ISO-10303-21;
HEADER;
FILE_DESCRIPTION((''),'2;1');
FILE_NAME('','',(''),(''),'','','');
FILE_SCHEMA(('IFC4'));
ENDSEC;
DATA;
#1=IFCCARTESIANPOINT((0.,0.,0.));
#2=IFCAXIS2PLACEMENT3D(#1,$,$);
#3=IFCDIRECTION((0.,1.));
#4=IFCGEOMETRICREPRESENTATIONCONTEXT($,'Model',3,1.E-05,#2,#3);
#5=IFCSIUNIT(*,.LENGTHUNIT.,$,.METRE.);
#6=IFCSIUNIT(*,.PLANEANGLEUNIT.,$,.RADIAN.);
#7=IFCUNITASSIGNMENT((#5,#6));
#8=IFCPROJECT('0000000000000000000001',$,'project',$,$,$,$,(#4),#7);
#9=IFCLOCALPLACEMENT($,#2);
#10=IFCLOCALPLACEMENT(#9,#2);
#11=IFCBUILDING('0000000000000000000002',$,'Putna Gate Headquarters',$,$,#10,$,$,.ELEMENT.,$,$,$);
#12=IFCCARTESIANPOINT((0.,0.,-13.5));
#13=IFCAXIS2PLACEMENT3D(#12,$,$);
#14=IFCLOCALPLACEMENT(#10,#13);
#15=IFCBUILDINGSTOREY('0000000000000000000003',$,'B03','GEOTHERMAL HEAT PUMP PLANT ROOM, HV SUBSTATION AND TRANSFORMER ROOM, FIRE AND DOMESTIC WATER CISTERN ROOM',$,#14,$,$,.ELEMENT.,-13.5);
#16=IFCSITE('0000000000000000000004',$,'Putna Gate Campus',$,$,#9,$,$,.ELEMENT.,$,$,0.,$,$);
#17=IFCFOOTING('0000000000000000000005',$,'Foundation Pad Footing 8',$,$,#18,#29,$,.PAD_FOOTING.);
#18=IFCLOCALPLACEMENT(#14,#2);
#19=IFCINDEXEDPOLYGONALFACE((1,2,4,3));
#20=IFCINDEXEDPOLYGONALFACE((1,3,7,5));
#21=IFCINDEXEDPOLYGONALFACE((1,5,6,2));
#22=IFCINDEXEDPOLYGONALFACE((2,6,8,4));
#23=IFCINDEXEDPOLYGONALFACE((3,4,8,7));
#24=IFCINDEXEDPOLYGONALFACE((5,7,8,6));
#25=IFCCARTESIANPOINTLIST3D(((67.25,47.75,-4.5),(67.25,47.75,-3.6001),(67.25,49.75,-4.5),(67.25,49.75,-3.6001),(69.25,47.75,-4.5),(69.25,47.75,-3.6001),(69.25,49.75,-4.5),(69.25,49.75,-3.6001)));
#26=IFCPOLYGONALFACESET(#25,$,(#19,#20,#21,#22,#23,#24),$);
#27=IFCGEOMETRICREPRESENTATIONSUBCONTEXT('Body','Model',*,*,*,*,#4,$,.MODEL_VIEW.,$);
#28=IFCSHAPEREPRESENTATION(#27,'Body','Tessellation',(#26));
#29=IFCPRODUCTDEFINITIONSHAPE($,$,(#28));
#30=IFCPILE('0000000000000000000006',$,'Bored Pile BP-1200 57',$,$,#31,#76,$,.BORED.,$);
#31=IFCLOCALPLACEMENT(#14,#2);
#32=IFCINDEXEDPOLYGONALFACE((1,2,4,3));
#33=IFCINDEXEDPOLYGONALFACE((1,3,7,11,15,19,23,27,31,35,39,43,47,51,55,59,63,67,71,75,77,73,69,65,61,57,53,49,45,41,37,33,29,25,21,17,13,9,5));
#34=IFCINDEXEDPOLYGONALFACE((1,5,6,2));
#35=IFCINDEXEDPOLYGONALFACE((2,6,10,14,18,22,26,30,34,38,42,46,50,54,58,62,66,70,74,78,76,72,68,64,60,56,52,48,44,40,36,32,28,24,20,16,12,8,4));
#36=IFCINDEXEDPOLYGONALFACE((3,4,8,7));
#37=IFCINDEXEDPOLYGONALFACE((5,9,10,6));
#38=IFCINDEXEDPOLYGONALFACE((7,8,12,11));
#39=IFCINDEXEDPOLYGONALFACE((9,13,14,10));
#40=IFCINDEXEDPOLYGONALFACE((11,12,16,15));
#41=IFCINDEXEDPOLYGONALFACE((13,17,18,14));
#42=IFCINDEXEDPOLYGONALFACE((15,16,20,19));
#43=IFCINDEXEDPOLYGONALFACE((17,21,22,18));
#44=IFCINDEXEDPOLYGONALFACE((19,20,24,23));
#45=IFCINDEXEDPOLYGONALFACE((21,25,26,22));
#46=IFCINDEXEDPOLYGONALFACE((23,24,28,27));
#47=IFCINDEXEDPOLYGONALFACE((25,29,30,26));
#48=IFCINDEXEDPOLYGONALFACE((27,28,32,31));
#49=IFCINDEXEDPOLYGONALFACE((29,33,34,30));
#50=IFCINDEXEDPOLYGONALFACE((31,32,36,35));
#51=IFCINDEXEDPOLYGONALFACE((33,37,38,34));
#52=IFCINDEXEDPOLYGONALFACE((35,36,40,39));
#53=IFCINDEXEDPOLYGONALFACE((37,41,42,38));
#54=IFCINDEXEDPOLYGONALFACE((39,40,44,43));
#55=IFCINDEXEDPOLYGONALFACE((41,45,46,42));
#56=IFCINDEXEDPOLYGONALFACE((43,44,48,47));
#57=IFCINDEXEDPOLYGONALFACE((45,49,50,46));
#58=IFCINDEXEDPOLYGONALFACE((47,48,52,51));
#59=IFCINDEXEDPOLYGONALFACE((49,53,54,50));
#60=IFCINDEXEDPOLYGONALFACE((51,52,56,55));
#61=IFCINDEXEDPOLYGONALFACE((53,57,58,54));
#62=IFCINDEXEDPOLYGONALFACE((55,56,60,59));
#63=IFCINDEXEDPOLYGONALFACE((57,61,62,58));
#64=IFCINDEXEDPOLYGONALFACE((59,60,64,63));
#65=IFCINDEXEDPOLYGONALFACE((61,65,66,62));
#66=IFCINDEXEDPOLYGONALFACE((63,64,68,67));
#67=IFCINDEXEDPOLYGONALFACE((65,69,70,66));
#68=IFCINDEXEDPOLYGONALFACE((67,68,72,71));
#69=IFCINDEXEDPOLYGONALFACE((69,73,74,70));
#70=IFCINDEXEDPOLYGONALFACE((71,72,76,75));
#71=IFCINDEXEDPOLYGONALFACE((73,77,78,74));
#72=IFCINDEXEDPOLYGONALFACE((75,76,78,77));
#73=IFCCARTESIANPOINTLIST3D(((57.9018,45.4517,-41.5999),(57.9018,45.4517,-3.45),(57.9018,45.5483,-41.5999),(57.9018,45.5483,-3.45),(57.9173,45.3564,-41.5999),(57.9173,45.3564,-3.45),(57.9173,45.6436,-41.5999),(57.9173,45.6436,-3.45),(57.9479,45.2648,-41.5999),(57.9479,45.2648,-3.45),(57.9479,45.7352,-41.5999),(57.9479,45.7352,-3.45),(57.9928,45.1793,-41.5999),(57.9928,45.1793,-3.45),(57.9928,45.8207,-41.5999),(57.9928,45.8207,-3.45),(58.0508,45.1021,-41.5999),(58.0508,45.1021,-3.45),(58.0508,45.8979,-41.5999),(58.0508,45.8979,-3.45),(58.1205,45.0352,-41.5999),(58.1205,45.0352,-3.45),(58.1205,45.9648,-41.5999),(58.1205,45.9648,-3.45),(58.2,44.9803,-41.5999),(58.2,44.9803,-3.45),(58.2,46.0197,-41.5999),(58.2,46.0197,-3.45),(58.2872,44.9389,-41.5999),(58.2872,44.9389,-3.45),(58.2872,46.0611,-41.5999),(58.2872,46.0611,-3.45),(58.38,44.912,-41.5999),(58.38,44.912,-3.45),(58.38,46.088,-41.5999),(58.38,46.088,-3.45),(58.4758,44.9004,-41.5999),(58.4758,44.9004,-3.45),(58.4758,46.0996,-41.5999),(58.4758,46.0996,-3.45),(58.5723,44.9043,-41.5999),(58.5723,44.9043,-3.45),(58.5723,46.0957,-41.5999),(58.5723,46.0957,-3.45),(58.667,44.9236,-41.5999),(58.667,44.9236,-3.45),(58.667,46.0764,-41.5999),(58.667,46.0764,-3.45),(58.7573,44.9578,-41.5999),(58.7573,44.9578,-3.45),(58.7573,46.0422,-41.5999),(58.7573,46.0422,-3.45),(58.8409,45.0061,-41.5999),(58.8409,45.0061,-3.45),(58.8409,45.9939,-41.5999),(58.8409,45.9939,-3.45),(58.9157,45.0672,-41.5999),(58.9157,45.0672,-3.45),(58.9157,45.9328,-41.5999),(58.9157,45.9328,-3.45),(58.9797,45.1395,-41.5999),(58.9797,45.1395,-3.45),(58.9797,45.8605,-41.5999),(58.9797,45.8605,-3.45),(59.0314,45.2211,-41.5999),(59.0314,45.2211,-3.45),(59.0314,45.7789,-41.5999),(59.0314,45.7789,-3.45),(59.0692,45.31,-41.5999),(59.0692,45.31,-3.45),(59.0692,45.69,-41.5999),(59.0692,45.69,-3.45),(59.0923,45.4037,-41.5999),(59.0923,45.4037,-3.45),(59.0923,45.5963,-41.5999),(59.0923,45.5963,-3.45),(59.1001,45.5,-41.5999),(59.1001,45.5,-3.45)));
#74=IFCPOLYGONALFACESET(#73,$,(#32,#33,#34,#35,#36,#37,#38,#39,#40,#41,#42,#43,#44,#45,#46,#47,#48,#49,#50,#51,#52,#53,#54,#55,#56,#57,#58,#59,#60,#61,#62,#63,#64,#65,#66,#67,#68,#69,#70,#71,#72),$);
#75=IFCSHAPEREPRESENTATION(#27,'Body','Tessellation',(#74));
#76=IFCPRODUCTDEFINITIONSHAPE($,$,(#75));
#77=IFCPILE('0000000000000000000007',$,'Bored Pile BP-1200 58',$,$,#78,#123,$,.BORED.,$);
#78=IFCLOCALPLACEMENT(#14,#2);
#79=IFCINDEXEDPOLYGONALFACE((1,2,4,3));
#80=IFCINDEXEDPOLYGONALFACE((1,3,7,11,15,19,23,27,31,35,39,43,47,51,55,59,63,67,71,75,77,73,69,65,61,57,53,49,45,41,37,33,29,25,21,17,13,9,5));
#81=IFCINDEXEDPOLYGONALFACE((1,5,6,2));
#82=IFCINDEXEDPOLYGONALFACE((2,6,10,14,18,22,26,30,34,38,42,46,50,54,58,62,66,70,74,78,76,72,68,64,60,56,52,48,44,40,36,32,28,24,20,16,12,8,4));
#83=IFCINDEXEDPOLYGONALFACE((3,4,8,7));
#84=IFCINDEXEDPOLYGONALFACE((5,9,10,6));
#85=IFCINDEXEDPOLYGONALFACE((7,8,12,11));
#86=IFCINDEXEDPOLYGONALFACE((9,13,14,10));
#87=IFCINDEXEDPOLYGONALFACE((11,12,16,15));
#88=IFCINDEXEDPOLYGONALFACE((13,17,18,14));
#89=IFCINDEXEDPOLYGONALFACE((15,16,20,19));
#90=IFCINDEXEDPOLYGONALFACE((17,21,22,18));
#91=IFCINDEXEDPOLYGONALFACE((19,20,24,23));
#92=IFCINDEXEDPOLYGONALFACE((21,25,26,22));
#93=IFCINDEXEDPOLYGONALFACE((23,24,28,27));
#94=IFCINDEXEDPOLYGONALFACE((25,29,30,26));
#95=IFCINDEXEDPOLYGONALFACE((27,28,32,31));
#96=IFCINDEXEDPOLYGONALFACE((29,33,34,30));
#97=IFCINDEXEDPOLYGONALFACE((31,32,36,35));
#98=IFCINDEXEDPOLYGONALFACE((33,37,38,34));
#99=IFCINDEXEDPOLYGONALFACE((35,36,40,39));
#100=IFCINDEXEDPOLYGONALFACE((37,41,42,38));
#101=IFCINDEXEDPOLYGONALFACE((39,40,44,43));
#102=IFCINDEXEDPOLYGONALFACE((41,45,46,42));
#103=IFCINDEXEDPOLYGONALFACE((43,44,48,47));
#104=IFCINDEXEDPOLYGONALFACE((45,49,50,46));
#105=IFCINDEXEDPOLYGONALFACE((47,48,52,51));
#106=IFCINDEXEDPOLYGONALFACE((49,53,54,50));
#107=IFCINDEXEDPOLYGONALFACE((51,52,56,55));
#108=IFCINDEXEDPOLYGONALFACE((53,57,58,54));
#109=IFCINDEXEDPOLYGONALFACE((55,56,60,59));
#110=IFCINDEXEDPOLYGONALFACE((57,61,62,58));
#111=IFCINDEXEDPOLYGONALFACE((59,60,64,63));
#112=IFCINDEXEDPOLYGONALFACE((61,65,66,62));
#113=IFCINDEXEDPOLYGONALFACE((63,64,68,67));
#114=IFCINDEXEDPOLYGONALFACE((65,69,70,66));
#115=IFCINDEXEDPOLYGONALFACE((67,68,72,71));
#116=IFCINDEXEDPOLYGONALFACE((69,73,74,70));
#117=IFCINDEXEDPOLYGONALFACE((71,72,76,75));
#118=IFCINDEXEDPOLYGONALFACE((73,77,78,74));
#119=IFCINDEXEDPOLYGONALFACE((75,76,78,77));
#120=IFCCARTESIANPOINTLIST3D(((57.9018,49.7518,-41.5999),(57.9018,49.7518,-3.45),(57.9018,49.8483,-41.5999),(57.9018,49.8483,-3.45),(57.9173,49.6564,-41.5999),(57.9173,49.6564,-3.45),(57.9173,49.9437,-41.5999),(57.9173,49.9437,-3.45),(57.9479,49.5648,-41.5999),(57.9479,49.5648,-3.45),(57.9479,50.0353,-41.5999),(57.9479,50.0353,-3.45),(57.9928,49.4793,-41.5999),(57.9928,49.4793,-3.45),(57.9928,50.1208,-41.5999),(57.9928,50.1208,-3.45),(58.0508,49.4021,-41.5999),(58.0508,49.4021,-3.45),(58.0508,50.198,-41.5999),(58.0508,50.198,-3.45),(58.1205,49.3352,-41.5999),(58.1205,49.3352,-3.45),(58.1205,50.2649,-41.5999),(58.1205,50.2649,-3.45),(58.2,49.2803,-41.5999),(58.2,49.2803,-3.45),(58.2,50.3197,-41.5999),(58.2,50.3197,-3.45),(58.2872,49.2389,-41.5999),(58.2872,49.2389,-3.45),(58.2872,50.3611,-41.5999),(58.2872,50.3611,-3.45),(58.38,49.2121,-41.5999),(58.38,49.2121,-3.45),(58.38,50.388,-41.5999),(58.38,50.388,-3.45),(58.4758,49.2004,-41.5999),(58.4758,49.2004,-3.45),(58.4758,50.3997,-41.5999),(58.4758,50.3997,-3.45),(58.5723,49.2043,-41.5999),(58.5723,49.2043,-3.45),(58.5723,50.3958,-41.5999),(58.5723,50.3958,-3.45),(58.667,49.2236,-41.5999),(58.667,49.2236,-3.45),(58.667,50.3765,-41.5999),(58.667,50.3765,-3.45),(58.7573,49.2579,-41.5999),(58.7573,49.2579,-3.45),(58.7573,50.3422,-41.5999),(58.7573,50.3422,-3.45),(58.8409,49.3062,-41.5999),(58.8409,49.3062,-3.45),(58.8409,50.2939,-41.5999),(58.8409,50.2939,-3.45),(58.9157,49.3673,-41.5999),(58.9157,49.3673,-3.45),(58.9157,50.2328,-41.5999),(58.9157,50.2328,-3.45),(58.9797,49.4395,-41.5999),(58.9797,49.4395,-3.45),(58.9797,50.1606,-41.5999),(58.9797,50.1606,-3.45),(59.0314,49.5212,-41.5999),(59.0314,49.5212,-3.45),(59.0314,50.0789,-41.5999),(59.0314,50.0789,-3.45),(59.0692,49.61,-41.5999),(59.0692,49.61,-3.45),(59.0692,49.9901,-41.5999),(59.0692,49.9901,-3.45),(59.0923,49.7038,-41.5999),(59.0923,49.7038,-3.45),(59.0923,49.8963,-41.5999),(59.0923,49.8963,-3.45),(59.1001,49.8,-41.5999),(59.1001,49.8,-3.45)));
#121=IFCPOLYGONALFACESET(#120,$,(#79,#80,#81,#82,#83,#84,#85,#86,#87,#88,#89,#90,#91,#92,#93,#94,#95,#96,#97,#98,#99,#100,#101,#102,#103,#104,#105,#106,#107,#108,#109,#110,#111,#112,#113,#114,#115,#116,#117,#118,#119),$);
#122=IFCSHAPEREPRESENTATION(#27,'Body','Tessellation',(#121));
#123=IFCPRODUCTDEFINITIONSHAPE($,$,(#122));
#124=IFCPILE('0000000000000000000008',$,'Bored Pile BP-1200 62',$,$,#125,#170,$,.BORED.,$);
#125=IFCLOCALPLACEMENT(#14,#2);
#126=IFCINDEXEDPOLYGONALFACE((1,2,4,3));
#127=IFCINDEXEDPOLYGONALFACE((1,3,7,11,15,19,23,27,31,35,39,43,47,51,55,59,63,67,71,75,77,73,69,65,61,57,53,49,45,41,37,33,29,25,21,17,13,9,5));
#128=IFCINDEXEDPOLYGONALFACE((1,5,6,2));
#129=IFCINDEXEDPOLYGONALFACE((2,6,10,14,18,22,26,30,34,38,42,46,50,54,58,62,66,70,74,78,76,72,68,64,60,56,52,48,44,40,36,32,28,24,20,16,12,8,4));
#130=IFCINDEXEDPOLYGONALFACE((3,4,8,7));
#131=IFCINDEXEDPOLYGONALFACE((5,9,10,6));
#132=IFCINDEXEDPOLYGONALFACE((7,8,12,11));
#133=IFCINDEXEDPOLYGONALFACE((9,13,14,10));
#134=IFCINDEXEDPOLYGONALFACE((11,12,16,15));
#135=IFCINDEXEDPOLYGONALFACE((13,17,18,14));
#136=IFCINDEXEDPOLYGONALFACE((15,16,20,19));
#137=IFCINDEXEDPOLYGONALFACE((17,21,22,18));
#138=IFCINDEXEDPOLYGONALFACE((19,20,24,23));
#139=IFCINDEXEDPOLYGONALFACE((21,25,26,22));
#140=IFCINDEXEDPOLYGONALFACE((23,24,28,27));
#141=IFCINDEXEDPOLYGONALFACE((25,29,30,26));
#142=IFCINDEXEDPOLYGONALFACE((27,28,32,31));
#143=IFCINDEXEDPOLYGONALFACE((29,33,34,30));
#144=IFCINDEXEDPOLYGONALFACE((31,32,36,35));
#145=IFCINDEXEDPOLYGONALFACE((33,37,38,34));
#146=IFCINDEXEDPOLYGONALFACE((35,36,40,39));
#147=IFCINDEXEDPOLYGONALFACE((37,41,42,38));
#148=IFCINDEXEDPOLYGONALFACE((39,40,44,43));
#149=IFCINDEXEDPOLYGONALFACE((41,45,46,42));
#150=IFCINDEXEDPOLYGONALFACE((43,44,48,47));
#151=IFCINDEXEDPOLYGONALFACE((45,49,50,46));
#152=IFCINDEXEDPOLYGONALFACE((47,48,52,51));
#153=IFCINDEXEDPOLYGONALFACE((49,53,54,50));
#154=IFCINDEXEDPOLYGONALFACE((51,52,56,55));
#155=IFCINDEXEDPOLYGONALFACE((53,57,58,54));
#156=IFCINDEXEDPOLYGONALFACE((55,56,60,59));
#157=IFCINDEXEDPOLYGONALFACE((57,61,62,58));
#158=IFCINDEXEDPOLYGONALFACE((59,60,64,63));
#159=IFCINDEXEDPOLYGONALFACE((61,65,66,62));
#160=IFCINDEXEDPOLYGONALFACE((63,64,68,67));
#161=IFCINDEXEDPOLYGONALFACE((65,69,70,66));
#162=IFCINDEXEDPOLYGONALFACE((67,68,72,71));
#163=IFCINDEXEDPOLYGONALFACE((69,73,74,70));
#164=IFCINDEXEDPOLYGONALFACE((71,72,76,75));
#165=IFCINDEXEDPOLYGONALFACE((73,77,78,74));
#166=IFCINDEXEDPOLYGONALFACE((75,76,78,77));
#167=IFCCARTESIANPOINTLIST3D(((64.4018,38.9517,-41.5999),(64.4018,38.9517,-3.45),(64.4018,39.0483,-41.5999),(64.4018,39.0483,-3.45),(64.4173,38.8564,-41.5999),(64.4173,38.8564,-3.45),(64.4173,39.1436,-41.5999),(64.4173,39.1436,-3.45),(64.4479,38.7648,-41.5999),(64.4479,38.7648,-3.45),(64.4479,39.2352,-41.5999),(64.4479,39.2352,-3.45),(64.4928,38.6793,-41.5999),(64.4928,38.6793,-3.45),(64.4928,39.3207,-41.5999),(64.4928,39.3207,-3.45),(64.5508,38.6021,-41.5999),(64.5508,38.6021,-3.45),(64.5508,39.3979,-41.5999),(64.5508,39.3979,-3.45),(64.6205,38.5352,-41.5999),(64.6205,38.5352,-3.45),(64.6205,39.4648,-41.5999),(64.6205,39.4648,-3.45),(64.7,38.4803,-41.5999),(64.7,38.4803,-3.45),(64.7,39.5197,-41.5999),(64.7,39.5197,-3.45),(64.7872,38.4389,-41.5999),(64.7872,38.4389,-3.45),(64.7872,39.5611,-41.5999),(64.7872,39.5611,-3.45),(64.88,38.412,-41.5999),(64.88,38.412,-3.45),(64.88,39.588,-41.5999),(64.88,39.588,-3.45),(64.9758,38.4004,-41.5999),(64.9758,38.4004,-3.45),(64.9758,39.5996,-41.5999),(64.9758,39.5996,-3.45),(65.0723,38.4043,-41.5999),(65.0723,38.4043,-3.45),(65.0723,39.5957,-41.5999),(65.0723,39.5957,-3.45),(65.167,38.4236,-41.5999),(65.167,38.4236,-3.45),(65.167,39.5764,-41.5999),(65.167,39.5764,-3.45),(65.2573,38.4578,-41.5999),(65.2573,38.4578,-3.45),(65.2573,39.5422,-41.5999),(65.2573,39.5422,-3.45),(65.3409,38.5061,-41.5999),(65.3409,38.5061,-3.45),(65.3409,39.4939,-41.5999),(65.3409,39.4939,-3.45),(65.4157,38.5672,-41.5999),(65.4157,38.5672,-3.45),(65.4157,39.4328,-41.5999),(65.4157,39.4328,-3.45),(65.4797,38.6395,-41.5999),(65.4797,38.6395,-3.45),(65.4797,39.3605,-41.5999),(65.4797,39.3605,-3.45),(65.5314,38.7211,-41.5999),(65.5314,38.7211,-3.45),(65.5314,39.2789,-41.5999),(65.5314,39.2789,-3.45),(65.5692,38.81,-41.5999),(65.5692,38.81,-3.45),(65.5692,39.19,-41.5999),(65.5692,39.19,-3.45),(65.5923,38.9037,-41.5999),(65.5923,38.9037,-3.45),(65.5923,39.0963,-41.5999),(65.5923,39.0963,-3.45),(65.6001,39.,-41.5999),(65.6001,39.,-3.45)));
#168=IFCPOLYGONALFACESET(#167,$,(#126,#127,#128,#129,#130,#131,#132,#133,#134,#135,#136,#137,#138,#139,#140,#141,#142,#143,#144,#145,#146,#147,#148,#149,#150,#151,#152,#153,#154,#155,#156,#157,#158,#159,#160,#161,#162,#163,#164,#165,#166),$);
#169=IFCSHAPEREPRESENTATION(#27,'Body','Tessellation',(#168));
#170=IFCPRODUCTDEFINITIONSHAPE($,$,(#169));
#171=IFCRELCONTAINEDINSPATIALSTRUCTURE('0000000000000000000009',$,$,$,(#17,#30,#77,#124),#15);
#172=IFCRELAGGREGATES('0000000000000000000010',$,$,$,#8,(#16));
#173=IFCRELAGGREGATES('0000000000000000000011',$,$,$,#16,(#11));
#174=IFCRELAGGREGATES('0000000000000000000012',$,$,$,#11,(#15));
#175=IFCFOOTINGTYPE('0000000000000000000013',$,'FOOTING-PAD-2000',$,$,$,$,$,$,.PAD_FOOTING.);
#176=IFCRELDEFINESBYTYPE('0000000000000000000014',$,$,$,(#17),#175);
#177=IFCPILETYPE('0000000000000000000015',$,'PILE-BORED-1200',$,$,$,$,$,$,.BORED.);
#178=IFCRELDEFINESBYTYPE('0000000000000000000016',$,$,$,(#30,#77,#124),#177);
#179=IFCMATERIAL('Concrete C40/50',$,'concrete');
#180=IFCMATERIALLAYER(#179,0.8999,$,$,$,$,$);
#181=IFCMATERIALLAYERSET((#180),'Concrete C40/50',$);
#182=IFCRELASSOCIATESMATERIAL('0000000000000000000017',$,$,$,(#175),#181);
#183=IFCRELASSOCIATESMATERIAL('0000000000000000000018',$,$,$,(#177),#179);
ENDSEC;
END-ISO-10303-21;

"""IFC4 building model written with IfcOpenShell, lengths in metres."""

from ifc_helpers import new_model, si_unit, direction, frame, origin, origin_2d, place, context, subcontext, project, spatial, rectangle, circle, extrude, material, layer, layer_set, material_profile, profile_set, type_object, element, save


model = new_model("IFC4")

# Units and contexts
model_context = context("Model", 3, precision=1e-05, world=origin(), true_north=direction((0.0, 1.0)))
body_context = subcontext(model_context, "Body", "Model", "MODEL_VIEW")
ifc_project = project(units=[si_unit("LENGTHUNIT", "METRE"), si_unit("PLANEANGLEUNIT", "RADIAN")], contexts=[model_context])

# Site, building, storey
site_placement = place(None, origin())
site = spatial("IfcSite", under=ifc_project, at=site_placement, Name="Putna Gate Campus", CompositionType="ELEMENT", RefElevation=0.0)
building_placement = place(site_placement, origin())
building = spatial("IfcBuilding", under=site, at=building_placement, Name="Putna Gate Headquarters", CompositionType="ELEMENT")
storey_placement = place(building_placement, frame((0.0, 0.0, -13.5)))
storey = spatial("IfcBuildingStorey", under=building, at=storey_placement, Name="B03", Description="GEOTHERMAL HEAT PUMP PLANT ROOM, HV SUBSTATION AND TRANSFORMER ROOM, FIRE AND DOMESTIC WATER CISTERN ROOM", CompositionType="ELEMENT", Elevation=-13.5)

# Footing
ifc_material_1 = material(Name="Concrete C40/50", Category="concrete")
ifc_layer_1 = layer(ifc_material_1, 0.8999)
ifc_layer_set_1 = layer_set([ifc_layer_1], Name="Concrete C40/50")
footing_type = type_object("IfcFootingType", Name="FOOTING-PAD-2000", PredefinedType="PAD_FOOTING", material=ifc_layer_set_1)
footing_placement = place(storey_placement, frame((68.25, 48.75, -4.5), z_axis=(0.0, 0.0, 1.0), x_axis=(1.0, 0.0, 0.0)))
element("IfcFooting", 1, at=footing_placement, inside=storey, type_object=footing_type, Name="Foundation Pad Footing 8", PredefinedType="PAD_FOOTING", context=body_context, shape_type="SweptSolid", body=[
    extrude(rectangle(XDim=2.0, YDim=2.0, at=origin_2d()), origin(), (0.0, 0.0, 1.0), 0.8999),
])

# Piles
ifc_material_profile_1 = material_profile(ifc_material_1, circle(Radius=0.6001, at=origin_2d()), Name="Concrete C40/50")
ifc_profile_set_1 = profile_set([ifc_material_profile_1], Name="Concrete C40/50")
pile_type = type_object("IfcPileType", Name="PILE-BORED-1200", PredefinedType="BORED", material=ifc_profile_set_1)
for number, where, z_axis, x_axis, name in (
    (2, (58.5, 45.5, -3.45), (0.0, 0.0, -1.0), (1.0, 0.0, 0.0), "Bored Pile BP-1200 57"),
    (3, (58.5, 49.8, -3.45), (0.0, 0.0, -1.0), (1.0, 0.0, 0.0), "Bored Pile BP-1200 58"),
    (4, (65.0, 39.0, -3.45), (0.0, 0.0, -1.0), (1.0, 0.0, 0.0), "Bored Pile BP-1200 62"),
):
    element("IfcPile", number, at=place(storey_placement, frame(where, z_axis=z_axis, x_axis=x_axis)), inside=storey, type_object=pile_type, Name=name, PredefinedType="BORED", context=body_context, shape_type="SweptSolid", body=[
        extrude(circle(Radius=0.6001, at=origin_2d()), origin(), (0.0, 0.0, 1.0), 38.1499),
    ])

save(model, "model.ifc")
